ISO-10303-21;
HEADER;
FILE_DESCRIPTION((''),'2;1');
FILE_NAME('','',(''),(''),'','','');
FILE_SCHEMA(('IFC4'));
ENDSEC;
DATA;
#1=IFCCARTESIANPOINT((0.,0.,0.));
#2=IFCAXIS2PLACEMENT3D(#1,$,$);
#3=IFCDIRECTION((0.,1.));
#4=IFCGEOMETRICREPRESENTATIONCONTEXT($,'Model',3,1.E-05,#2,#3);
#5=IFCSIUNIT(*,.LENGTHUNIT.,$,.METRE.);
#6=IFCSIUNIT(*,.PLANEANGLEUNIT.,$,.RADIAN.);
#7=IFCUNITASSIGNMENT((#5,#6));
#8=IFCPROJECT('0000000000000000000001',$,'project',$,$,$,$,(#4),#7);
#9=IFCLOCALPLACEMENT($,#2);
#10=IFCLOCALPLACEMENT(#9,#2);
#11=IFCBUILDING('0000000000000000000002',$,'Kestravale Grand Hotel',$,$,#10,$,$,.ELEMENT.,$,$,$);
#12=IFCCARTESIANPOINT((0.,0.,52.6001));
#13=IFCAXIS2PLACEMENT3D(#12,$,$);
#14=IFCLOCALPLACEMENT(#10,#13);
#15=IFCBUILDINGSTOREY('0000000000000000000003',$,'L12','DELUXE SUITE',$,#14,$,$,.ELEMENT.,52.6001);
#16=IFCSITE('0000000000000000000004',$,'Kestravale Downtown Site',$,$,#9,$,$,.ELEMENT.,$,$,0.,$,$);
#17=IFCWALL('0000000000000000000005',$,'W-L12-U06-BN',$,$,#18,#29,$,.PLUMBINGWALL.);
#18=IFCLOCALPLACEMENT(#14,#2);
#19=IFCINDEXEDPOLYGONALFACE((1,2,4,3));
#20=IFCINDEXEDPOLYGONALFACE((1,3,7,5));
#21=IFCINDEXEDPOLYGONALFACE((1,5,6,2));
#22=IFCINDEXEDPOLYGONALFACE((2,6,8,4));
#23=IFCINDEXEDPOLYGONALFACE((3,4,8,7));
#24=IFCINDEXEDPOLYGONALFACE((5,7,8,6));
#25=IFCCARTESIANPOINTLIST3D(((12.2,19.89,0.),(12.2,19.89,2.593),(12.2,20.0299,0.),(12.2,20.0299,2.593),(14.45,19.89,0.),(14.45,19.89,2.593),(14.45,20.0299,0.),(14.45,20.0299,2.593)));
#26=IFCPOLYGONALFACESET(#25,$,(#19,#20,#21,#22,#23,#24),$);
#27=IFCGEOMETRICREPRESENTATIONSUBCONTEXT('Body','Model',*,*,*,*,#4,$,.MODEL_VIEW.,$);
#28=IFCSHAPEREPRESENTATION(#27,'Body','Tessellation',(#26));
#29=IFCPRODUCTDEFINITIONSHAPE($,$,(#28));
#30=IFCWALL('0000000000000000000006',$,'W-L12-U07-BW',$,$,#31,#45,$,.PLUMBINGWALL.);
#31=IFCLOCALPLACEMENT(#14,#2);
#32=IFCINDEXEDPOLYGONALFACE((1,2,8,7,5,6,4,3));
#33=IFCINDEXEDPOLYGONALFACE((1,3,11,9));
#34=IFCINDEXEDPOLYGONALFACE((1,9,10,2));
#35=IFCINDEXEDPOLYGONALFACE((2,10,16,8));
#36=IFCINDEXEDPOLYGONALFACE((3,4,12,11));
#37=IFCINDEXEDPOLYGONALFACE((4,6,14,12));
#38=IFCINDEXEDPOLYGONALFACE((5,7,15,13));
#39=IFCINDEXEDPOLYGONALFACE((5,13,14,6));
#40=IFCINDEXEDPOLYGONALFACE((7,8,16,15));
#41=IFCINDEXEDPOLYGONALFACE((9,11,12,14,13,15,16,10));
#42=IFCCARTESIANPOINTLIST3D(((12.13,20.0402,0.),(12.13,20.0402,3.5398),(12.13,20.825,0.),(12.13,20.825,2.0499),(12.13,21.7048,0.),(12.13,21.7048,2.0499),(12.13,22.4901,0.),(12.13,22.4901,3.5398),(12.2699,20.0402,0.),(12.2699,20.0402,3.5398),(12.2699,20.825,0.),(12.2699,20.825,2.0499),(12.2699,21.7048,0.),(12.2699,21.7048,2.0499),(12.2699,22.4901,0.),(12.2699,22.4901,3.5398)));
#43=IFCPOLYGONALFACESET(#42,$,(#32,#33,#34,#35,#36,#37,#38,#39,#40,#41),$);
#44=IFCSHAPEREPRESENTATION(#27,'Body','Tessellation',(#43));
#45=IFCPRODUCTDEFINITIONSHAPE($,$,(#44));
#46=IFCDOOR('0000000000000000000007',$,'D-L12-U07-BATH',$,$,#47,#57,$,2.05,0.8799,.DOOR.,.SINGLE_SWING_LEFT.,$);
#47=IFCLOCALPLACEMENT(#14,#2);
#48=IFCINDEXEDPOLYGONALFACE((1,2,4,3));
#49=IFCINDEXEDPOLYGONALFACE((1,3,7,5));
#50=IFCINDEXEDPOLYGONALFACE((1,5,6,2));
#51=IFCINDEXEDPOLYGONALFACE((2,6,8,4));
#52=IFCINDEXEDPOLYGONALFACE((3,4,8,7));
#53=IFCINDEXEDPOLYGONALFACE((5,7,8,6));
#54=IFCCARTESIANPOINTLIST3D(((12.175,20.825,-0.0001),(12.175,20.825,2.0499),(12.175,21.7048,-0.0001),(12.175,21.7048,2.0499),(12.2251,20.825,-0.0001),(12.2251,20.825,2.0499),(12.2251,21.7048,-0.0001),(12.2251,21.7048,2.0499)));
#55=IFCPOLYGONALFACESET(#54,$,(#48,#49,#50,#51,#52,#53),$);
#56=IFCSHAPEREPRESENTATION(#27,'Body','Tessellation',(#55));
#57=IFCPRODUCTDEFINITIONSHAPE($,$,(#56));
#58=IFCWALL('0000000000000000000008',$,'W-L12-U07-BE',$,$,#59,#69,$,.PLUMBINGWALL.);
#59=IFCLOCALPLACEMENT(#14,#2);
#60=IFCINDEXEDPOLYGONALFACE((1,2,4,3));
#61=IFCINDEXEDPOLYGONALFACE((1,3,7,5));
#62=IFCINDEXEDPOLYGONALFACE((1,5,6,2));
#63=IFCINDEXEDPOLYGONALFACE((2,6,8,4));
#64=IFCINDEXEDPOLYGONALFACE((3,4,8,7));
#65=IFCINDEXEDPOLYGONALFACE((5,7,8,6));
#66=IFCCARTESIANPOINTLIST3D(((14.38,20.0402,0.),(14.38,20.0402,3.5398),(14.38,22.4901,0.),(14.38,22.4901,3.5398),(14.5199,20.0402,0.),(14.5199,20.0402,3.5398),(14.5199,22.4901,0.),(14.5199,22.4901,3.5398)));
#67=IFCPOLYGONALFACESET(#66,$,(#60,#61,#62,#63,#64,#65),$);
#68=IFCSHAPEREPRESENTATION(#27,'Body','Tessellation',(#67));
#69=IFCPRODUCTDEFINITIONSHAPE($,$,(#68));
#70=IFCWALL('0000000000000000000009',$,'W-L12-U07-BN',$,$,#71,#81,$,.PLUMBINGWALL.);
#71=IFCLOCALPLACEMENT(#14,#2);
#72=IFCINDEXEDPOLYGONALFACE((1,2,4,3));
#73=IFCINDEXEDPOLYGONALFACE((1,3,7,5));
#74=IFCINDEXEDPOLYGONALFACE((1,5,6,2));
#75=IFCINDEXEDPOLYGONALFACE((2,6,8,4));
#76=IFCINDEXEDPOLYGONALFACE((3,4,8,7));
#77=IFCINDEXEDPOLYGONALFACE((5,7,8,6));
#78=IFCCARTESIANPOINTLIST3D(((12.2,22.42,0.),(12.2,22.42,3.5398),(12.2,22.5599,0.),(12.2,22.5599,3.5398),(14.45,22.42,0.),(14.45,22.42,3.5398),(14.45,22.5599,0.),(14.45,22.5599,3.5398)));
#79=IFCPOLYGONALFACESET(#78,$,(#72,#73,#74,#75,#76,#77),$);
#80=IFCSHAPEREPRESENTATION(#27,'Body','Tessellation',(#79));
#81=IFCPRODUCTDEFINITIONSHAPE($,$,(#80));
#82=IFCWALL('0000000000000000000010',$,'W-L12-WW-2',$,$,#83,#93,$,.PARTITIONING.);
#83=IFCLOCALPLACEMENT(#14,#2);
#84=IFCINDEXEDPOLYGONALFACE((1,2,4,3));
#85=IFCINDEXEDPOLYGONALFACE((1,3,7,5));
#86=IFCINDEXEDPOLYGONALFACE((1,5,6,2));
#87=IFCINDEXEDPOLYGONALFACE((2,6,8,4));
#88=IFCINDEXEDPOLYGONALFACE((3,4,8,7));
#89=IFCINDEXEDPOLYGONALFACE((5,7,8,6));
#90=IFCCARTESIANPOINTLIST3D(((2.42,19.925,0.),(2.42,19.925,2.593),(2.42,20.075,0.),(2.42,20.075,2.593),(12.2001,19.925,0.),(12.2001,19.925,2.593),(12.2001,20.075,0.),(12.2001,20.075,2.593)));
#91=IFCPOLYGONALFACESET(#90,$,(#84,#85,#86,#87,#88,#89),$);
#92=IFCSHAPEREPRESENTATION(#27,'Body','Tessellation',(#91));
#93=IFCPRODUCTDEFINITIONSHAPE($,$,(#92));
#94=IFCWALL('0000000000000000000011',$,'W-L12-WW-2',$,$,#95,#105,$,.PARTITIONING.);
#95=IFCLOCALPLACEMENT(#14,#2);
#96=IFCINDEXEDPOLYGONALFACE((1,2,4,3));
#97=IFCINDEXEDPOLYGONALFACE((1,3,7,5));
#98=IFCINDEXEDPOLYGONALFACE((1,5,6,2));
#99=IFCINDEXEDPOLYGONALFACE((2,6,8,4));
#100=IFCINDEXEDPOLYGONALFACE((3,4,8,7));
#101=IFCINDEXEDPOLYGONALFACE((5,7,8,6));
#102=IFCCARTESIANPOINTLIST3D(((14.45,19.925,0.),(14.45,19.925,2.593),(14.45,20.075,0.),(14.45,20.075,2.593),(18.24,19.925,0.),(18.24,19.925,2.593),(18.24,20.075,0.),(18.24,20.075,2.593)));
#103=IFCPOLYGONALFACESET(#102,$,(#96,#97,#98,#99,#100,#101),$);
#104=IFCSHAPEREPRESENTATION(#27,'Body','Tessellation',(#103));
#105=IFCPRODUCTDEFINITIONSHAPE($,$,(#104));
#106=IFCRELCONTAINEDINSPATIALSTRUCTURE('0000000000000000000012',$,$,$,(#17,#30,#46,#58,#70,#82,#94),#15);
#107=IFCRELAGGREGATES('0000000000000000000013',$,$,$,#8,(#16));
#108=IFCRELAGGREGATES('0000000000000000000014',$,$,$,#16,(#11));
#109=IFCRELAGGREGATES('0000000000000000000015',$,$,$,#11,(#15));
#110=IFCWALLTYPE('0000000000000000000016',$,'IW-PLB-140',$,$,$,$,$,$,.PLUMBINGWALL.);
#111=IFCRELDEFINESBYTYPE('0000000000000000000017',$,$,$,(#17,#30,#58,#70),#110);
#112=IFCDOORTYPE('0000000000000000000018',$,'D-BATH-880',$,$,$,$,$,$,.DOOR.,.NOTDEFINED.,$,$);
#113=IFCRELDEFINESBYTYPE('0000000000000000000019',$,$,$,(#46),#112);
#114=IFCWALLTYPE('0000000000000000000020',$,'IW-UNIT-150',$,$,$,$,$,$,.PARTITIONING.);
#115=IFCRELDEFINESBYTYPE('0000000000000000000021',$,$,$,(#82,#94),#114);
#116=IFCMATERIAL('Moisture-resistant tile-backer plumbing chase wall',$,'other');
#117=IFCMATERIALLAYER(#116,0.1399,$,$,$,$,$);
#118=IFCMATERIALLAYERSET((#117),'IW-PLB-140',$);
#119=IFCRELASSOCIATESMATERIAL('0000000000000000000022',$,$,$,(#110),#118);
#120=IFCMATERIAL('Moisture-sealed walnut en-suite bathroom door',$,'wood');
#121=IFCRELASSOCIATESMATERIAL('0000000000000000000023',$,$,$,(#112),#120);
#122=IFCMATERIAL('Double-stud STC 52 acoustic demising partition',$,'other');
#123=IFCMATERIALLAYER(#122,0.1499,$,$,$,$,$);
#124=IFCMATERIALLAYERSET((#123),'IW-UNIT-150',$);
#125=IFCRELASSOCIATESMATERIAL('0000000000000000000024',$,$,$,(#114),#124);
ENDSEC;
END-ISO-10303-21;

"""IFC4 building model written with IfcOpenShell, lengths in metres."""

from ifc_helpers import new_model, si_unit, direction, frame, frame_2d, origin, place, context, subcontext, project, spatial, rectangle, extrude, material, layer, layer_set, type_object, element, fill, save


model = new_model("IFC4")

# Units and contexts
model_context = context("Model", 3, precision=1e-05, world=origin(), true_north=direction((0.0, 1.0)))
body_context = subcontext(model_context, "Body", "Model", "MODEL_VIEW")
ifc_project = project(units=[si_unit("LENGTHUNIT", "METRE"), si_unit("PLANEANGLEUNIT", "RADIAN")], contexts=[model_context])

# Site, building, storey
site_placement = place(None, origin())
site = spatial("IfcSite", under=ifc_project, at=site_placement, Name="Kestravale Downtown Site", CompositionType="ELEMENT", RefElevation=0.0)
building_placement = place(site_placement, origin())
building = spatial("IfcBuilding", under=site, at=building_placement, Name="Kestravale Grand Hotel", CompositionType="ELEMENT")
storey_placement = place(building_placement, frame((0.0, 0.0, 52.6001)))
storey = spatial("IfcBuildingStorey", under=building, at=storey_placement, Name="L12", Description="DELUXE SUITE", CompositionType="ELEMENT", Elevation=52.6001)

# Shared definitions
ifc_material_1 = material(Name="Moisture-resistant tile-backer plumbing chase wall", Category="other")
ifc_layer_1 = layer(ifc_material_1, 0.1399)
ifc_layer_set_1 = layer_set([ifc_layer_1], Name="IW-PLB-140")
wall_type_1 = type_object("IfcWallType", Name="IW-PLB-140", PredefinedType="PLUMBINGWALL", material=ifc_layer_set_1)
ifc_material_2 = material(Name="Moisture-sealed walnut en-suite bathroom door", Category="wood")
door_type_1 = type_object("IfcDoorType", Name="D-BATH-880", OperationType="NOTDEFINED", PredefinedType="DOOR", material=ifc_material_2)

# Wall
wall_1_placement = place(storey_placement, frame((12.2, 19.96, 0.0), z_axis=(0.0, 0.0, 1.0), x_axis=(1.0, 0.0, 0.0)))
element("IfcWall", 1, at=wall_1_placement, inside=storey, type_object=wall_type_1, Name="W-L12-U06-BN", PredefinedType="PLUMBINGWALL", context=body_context, shape_type="SweptSolid", body=[
    extrude(rectangle(XDim=2.25, YDim=0.1399, at=frame_2d((1.125, 0.0))), origin(), (0.0, 0.0, 1.0), 2.593),
])

# Wall, opening, door
wall_2_placement = place(storey_placement, frame((12.2, 20.04, 0.0), z_axis=(0.0, 0.0, 1.0), x_axis=(0.0, 1.0, 0.0)))
wall_2 = element("IfcWall", 2, at=wall_2_placement, inside=storey, type_object=wall_type_1, Name="W-L12-U07-BW", PredefinedType="PLUMBINGWALL", context=body_context, shape_type="SweptSolid", body=[
    extrude(rectangle(XDim=2.45, YDim=0.1399, at=frame_2d((1.2251, 0.0))), origin(), (0.0, 0.0, 1.0), 3.5398),
])
opening_1_placement = place(wall_2_placement, frame((0.7849, 0.0, 0.0)))
opening_1 = element("IfcOpeningElement", 3, at=opening_1_placement, cuts=wall_2, PredefinedType="OPENING", context=body_context, shape_type="SweptSolid", body=[
    extrude(rectangle(XDim=0.8799, YDim=2.05, at=frame_2d((0.4399, 1.0249))), frame((0.0, 0.0798, 0.0), z_axis=(0.0, -1.0, 0.0), x_axis=(1.0, 0.0, 0.0)), (0.0, 0.0, 1.0), 0.1599),
])
door_1_placement = place(opening_1_placement, origin())
door_1 = element("IfcDoor", 4, at=door_1_placement, inside=storey, type_object=door_type_1, Name="D-L12-U07-BATH", OperationType="SINGLE_SWING_LEFT", OverallHeight=2.05, OverallWidth=0.8799, PredefinedType="DOOR", context=body_context, shape_type="SweptSolid", body=[
    extrude(rectangle(XDim=0.8799, YDim=2.05, at=frame_2d((0.4399, 1.0249))), frame((0.0, 0.0249, 0.0), z_axis=(0.0, -1.0, 0.0), x_axis=(1.0, 0.0, 0.0)), (0.0, 0.0, 1.0), 0.05),
])
fill(opening_1, door_1)

# Walls
wall_3_placement = place(storey_placement, frame((14.45, 20.04, 0.0), z_axis=(0.0, 0.0, 1.0), x_axis=(0.0, 1.0, 0.0)))
element("IfcWall", 5, at=wall_3_placement, inside=storey, type_object=wall_type_1, Name="W-L12-U07-BE", PredefinedType="PLUMBINGWALL", context=body_context, shape_type="SweptSolid", body=[
    extrude(rectangle(XDim=2.45, YDim=0.1399, at=frame_2d((1.2251, 0.0))), origin(), (0.0, 0.0, 1.0), 3.5398),
])
wall_4_placement = place(storey_placement, frame((12.2, 22.49, 0.0), z_axis=(0.0, 0.0, 1.0), x_axis=(1.0, 0.0, 0.0)))
element("IfcWall", 6, at=wall_4_placement, inside=storey, type_object=wall_type_1, Name="W-L12-U07-BN", PredefinedType="PLUMBINGWALL", context=body_context, shape_type="SweptSolid", body=[
    extrude(rectangle(XDim=2.25, YDim=0.1399, at=frame_2d((1.125, 0.0))), origin(), (0.0, 0.0, 1.0), 3.5398),
])
ifc_material_3 = material(Name="Double-stud STC 52 acoustic demising partition", Category="other")
ifc_layer_2 = layer(ifc_material_3, 0.1499)
ifc_layer_set_2 = layer_set([ifc_layer_2], Name="IW-UNIT-150")
wall_type_2 = type_object("IfcWallType", Name="IW-UNIT-150", PredefinedType="PARTITIONING", material=ifc_layer_set_2)
wall_5_placement = place(storey_placement, frame((2.4199, 20.0, 0.0), z_axis=(0.0, 0.0, 1.0), x_axis=(1.0, 0.0, 0.0)))
element("IfcWall", 7, at=wall_5_placement, inside=storey, type_object=wall_type_2, Name="W-L12-WW-2", PredefinedType="PARTITIONING", context=body_context, shape_type="SweptSolid", body=[
    extrude(rectangle(XDim=9.78, YDim=0.1499, at=frame_2d((4.8901, 0.0))), origin(), (0.0, 0.0, 1.0), 2.593),
])
wall_6_placement = place(storey_placement, frame((14.45, 20.0, 0.0), z_axis=(0.0, 0.0, 1.0), x_axis=(1.0, 0.0, 0.0)))
element("IfcWall", 8, at=wall_6_placement, inside=storey, type_object=wall_type_2, Name="W-L12-WW-2", PredefinedType="PARTITIONING", context=body_context, shape_type="SweptSolid", body=[
    extrude(rectangle(XDim=3.79, YDim=0.1499, at=frame_2d((1.895, 0.0))), origin(), (0.0, 0.0, 1.0), 2.593),
])

save(model, "model.ifc")
